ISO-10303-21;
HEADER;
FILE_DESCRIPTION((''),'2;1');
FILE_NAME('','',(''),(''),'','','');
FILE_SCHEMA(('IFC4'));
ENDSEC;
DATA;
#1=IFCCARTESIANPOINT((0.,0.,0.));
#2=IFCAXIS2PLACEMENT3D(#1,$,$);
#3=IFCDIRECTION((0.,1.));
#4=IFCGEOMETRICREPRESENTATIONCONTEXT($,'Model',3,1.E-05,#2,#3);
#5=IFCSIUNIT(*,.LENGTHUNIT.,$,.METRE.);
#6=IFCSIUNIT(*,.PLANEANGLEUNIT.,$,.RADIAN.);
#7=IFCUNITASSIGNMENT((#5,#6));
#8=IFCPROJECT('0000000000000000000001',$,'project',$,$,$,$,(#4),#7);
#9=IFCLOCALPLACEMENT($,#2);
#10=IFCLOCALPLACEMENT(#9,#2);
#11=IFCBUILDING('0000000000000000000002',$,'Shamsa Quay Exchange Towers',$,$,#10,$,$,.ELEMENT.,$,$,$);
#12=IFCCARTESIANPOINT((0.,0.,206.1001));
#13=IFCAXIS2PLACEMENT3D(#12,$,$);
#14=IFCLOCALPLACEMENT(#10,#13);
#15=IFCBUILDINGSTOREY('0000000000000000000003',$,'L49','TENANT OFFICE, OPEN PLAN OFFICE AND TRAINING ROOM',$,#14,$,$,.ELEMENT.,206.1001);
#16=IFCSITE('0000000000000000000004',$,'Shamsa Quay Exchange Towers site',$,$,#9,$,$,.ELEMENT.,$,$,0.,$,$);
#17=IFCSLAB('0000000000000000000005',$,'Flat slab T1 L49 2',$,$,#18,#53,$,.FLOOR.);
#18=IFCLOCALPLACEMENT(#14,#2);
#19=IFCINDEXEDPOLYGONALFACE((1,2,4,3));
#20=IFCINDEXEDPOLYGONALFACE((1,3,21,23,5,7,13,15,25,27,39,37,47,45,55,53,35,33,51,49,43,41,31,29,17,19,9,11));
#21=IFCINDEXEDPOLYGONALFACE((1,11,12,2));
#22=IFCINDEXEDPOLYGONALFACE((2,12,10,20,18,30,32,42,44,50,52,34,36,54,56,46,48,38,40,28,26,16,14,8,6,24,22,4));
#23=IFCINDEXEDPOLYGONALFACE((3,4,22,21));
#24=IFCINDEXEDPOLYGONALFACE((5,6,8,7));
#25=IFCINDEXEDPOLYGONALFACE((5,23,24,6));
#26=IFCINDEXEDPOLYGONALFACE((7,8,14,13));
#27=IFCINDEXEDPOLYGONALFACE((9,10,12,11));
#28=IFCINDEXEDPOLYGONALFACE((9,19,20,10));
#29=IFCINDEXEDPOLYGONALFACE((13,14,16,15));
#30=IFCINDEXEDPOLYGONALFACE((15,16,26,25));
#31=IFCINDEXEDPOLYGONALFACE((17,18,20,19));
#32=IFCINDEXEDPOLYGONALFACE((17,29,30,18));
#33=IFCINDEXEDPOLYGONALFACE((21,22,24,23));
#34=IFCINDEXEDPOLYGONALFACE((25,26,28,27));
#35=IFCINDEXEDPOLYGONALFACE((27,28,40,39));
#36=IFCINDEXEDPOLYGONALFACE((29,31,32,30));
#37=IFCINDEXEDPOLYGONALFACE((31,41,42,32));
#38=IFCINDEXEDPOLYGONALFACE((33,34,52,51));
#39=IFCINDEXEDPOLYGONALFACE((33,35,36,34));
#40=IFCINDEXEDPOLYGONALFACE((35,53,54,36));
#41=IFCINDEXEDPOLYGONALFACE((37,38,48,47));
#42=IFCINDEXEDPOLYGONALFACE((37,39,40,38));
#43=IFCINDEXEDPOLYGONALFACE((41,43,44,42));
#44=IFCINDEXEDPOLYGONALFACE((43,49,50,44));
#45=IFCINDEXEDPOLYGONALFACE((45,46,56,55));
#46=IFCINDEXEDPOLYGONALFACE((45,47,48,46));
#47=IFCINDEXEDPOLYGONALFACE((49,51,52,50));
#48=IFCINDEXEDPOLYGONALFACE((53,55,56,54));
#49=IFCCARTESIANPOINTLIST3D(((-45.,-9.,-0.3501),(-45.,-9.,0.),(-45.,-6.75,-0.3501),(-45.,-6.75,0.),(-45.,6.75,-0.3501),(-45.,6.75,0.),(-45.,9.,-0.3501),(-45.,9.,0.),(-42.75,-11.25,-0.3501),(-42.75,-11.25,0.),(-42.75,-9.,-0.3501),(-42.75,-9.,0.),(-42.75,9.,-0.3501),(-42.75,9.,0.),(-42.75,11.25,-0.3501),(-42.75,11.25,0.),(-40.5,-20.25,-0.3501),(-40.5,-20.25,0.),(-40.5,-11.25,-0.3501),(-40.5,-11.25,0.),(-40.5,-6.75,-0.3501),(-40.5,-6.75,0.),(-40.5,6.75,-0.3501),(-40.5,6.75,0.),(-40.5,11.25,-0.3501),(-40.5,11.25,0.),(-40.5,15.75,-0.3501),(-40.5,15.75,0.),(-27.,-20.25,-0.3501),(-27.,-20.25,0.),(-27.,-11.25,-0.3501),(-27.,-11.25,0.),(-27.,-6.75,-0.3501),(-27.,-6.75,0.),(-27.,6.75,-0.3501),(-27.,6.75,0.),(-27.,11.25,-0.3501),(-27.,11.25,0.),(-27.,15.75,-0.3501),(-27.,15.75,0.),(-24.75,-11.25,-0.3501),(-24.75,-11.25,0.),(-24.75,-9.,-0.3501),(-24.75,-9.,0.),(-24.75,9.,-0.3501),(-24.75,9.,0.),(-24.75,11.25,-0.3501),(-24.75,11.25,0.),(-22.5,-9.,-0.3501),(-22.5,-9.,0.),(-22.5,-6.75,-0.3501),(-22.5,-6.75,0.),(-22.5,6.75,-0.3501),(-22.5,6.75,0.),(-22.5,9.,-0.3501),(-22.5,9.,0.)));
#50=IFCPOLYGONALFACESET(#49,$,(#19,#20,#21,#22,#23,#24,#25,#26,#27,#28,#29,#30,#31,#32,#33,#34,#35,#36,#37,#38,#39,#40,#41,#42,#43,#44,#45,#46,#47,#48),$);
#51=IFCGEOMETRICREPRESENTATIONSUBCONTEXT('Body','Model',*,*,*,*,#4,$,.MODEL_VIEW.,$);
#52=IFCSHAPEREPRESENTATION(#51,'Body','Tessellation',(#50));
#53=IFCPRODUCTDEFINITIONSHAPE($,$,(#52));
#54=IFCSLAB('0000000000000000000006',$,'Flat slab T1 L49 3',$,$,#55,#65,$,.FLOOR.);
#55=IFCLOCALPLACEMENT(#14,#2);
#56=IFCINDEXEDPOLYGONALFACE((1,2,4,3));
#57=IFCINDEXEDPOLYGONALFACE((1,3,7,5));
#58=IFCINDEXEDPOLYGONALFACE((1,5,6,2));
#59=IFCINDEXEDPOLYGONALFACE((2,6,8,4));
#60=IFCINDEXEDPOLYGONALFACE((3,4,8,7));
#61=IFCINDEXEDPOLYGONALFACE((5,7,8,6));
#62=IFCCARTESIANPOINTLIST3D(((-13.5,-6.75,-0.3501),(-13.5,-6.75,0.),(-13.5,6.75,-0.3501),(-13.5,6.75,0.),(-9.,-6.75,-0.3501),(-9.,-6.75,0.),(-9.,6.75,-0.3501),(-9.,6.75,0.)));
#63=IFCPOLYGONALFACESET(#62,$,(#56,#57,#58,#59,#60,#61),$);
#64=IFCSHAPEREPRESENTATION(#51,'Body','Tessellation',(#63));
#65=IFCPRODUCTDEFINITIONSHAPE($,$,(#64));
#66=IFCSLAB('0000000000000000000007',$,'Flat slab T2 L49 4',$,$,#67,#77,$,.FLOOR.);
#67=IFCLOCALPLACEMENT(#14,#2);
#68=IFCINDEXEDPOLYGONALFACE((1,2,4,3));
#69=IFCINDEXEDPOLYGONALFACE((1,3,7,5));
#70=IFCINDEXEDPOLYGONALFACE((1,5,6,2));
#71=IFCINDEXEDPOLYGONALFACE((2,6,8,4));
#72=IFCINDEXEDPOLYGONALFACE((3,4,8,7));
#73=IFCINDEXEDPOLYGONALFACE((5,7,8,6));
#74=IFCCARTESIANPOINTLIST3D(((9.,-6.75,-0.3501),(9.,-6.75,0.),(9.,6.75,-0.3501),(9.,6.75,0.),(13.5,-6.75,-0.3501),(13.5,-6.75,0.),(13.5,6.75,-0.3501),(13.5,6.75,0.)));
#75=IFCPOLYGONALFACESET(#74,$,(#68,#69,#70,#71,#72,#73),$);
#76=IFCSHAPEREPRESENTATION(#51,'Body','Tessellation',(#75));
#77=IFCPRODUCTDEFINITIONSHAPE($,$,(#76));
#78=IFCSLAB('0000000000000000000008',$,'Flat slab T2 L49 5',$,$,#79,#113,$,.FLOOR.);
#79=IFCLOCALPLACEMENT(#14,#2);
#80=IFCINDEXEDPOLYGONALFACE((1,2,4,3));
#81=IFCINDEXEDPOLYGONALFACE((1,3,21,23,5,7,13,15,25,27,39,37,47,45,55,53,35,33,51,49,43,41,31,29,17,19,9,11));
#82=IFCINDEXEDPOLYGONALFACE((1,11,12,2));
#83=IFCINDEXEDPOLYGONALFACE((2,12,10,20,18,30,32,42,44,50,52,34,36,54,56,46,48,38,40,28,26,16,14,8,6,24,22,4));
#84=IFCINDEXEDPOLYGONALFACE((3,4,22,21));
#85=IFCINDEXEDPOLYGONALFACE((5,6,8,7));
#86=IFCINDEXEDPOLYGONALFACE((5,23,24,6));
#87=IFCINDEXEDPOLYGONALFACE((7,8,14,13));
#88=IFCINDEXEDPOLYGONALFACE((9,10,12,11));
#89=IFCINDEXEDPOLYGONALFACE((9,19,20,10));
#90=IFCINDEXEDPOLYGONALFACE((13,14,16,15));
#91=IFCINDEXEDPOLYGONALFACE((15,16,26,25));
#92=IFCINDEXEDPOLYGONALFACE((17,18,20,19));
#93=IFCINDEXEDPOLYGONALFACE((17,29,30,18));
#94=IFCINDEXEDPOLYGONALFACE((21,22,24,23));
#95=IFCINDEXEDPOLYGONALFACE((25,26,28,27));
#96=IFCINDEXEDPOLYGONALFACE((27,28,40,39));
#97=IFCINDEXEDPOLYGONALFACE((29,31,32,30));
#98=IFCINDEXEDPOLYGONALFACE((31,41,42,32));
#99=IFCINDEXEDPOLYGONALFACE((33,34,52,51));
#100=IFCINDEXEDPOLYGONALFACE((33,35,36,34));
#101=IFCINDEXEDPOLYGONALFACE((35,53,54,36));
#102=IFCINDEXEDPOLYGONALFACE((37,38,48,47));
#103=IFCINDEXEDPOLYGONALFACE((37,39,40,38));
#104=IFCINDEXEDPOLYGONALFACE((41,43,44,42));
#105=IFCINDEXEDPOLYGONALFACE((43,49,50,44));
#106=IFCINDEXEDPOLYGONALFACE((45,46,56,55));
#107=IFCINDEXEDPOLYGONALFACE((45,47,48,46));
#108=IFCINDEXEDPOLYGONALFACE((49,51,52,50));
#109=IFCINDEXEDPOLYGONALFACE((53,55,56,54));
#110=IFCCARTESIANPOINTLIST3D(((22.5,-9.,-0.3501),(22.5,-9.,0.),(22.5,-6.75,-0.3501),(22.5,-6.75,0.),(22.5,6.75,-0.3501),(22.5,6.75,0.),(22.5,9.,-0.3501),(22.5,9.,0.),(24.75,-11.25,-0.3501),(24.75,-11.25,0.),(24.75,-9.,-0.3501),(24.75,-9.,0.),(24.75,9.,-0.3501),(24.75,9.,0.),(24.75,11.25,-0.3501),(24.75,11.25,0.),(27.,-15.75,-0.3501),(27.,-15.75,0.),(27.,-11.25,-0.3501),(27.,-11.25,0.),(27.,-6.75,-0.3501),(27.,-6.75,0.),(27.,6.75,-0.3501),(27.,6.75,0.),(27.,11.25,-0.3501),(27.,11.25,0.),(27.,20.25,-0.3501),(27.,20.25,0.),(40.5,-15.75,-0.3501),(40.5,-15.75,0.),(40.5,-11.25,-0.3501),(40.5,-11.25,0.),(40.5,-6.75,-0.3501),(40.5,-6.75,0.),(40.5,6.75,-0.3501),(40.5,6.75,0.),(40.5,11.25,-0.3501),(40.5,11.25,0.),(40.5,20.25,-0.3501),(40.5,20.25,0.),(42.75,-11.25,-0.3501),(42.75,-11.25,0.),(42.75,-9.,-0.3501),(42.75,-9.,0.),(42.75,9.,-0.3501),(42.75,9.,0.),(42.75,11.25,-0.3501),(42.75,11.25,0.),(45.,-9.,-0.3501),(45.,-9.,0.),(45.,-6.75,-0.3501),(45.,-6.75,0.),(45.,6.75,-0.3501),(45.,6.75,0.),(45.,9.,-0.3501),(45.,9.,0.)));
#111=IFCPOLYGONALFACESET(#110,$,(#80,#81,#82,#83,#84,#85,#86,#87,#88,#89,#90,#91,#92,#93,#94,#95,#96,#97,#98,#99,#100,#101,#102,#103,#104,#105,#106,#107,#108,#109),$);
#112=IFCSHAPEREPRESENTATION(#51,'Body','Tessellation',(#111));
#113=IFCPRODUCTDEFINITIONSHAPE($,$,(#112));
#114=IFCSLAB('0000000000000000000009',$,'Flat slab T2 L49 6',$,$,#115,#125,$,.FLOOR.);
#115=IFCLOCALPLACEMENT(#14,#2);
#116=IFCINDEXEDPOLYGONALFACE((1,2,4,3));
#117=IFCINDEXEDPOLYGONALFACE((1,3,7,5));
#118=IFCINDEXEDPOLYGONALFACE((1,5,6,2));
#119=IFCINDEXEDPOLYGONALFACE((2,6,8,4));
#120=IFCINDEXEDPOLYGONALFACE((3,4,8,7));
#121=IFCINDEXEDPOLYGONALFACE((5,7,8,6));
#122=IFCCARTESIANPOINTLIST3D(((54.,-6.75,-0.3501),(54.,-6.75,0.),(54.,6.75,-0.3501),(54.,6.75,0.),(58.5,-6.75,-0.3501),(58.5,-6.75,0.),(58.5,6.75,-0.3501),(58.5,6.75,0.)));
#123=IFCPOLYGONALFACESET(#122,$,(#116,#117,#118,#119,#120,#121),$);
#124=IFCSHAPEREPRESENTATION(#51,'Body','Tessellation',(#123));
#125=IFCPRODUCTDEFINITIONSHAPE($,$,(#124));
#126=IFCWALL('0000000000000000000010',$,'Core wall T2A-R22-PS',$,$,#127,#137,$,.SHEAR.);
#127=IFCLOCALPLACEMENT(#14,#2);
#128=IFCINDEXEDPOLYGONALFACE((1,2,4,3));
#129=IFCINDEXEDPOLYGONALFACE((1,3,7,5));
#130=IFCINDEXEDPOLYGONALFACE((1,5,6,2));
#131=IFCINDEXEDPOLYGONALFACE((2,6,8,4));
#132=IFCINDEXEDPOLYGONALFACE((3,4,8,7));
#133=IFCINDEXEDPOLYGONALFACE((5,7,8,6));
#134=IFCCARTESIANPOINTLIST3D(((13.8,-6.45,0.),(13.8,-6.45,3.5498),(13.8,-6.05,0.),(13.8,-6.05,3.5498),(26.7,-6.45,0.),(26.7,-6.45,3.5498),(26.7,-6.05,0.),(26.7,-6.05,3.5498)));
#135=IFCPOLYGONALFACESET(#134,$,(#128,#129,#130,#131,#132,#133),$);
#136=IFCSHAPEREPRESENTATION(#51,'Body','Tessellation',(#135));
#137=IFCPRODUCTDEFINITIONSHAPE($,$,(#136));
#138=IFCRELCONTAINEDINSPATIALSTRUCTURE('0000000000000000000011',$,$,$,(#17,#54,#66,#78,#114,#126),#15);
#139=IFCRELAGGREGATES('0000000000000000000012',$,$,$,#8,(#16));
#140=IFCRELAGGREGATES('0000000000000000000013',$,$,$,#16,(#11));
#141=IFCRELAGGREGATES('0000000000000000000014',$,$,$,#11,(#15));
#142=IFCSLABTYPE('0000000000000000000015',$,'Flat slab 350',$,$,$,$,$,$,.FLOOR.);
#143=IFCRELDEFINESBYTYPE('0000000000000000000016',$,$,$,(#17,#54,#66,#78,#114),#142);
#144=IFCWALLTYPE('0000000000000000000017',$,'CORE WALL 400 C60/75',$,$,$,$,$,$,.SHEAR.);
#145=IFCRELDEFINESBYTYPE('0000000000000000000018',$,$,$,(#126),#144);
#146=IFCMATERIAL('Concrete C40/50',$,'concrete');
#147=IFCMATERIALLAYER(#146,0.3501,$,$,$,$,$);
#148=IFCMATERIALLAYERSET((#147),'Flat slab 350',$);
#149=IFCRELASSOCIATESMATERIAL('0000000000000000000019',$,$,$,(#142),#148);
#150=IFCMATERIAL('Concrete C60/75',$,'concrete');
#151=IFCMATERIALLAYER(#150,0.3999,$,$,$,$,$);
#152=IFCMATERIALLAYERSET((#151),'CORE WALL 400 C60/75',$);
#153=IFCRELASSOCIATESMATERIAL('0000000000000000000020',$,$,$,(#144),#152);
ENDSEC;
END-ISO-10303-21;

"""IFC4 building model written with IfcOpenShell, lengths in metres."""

from ifc_helpers import new_model, si_unit, direction, frame, frame_2d, origin, place, context, subcontext, project, spatial, polyline, rectangle, outline, extrude, material, layer, layer_set, type_object, element, save


model = new_model("IFC4")

# Units and contexts
model_context = context("Model", 3, precision=1e-05, world=origin(), true_north=direction((0.0, 1.0)))
body_context = subcontext(model_context, "Body", "Model", "MODEL_VIEW")
ifc_project = project(units=[si_unit("LENGTHUNIT", "METRE"), si_unit("PLANEANGLEUNIT", "RADIAN")], contexts=[model_context])

# Site, building, storey
site_placement = place(None, origin())
site = spatial("IfcSite", under=ifc_project, at=site_placement, Name="Shamsa Quay Exchange Towers site", CompositionType="ELEMENT", RefElevation=0.0)
building_placement = place(site_placement, origin())
building = spatial("IfcBuilding", under=site, at=building_placement, Name="Shamsa Quay Exchange Towers", CompositionType="ELEMENT")
storey_placement = place(building_placement, frame((0.0, 0.0, 206.1001)))
storey = spatial("IfcBuildingStorey", under=building, at=storey_placement, Name="L49", Description="TENANT OFFICE, OPEN PLAN OFFICE AND TRAINING ROOM", CompositionType="ELEMENT", Elevation=206.1001)

# Slabs
ifc_material_1 = material(Name="Concrete C40/50", Category="concrete")
ifc_layer_1 = layer(ifc_material_1, 0.3501)
ifc_layer_set_1 = layer_set([ifc_layer_1], Name="Flat slab 350")
slab_type_1 = type_object("IfcSlabType", Name="Flat slab 350", PredefinedType="FLOOR", material=ifc_layer_set_1)
slab_1_placement = place(storey_placement, frame((0.0, 0.0, -0.3501)))
element("IfcSlab", 1, at=slab_1_placement, inside=storey, type_object=slab_type_1, Name="Flat slab T1 L49 2", PredefinedType="FLOOR", context=body_context, shape_type="SweptSolid", body=[
    extrude(outline(polyline([(-22.5, -9.0), (-22.5, -6.75), (-27.0, -6.75), (-27.0, 6.75), (-22.5, 6.75), (-22.5, 9.0), (-24.75, 9.0), (-24.75, 11.25), (-27.0, 11.25), (-27.0, 15.75), (-40.5, 15.75), (-40.5, 11.25), (-42.75, 11.25), (-42.75, 9.0), (-45.0, 9.0), (-45.0, 6.75), (-40.5, 6.75), (-40.5, -6.75), (-45.0, -6.75), (-45.0, -9.0), (-42.75, -9.0), (-42.75, -11.25), (-40.5, -11.25), (-40.5, -20.25), (-27.0, -20.25), (-27.0, -11.25), (-24.75, -11.25), (-24.75, -9.0), (-22.5, -9.0)])), origin(), (0.0, 0.0, 1.0), 0.3501),
])
slab_2_placement = place(storey_placement, frame((0.0, 0.0, -0.3501)))
element("IfcSlab", 2, at=slab_2_placement, inside=storey, type_object=slab_type_1, Name="Flat slab T1 L49 3", PredefinedType="FLOOR", context=body_context, shape_type="SweptSolid", body=[
    extrude(outline(polyline([(-9.0, 6.75), (-13.5, 6.75), (-13.5, -6.75), (-9.0, -6.75), (-9.0, 6.75)])), origin(), (0.0, 0.0, 1.0), 0.3501),
])
slab_3_placement = place(storey_placement, frame((0.0, 0.0, -0.3501)))
element("IfcSlab", 3, at=slab_3_placement, inside=storey, type_object=slab_type_1, Name="Flat slab T2 L49 4", PredefinedType="FLOOR", context=body_context, shape_type="SweptSolid", body=[
    extrude(outline(polyline([(9.0, -6.75), (13.5, -6.75), (13.5, 6.75), (9.0, 6.75), (9.0, -6.75)])), origin(), (0.0, 0.0, 1.0), 0.3501),
])
slab_4_placement = place(storey_placement, frame((0.0, 0.0, -0.3501)))
element("IfcSlab", 4, at=slab_4_placement, inside=storey, type_object=slab_type_1, Name="Flat slab T2 L49 5", PredefinedType="FLOOR", context=body_context, shape_type="SweptSolid", body=[
    extrude(outline(polyline([(45.0, -9.0), (45.0, -6.75), (40.5, -6.75), (40.5, 6.75), (45.0, 6.75), (45.0, 9.0), (42.75, 9.0), (42.75, 11.25), (40.5, 11.25), (40.5, 20.25), (27.0, 20.25), (27.0, 11.25), (24.75, 11.25), (24.75, 9.0), (22.5, 9.0), (22.5, 6.75), (27.0, 6.75), (27.0, -6.75), (22.5, -6.75), (22.5, -9.0), (24.75, -9.0), (24.75, -11.25), (27.0, -11.25), (27.0, -15.75), (40.5, -15.75), (40.5, -11.25), (42.75, -11.25), (42.75, -9.0), (45.0, -9.0)])), origin(), (0.0, 0.0, 1.0), 0.3501),
])
slab_5_placement = place(storey_placement, frame((0.0, 0.0, -0.3501)))
element("IfcSlab", 5, at=slab_5_placement, inside=storey, type_object=slab_type_1, Name="Flat slab T2 L49 6", PredefinedType="FLOOR", context=body_context, shape_type="SweptSolid", body=[
    extrude(outline(polyline([(58.5, 6.75), (54.0, 6.75), (54.0, -6.75), (58.5, -6.75), (58.5, 6.75)])), origin(), (0.0, 0.0, 1.0), 0.3501),
])

# Wall
ifc_material_2 = material(Name="Concrete C60/75", Category="concrete")
ifc_layer_2 = layer(ifc_material_2, 0.3999)
ifc_layer_set_2 = layer_set([ifc_layer_2], Name="CORE WALL 400 C60/75")
wall_type = type_object("IfcWallType", Name="CORE WALL 400 C60/75", PredefinedType="SHEAR", material=ifc_layer_set_2)
wall_placement = place(storey_placement, frame((13.8, -6.25, 0.0)))
element("IfcWall", 6, at=wall_placement, inside=storey, type_object=wall_type, Name="Core wall T2A-R22-PS", PredefinedType="SHEAR", context=body_context, shape_type="SweptSolid", body=[
    extrude(rectangle(XDim=12.8999, YDim=0.3999, at=frame_2d((6.45, 0.0))), origin(), (0.0, 0.0, 1.0), 3.5498),
])

save(model, "model.ifc")
